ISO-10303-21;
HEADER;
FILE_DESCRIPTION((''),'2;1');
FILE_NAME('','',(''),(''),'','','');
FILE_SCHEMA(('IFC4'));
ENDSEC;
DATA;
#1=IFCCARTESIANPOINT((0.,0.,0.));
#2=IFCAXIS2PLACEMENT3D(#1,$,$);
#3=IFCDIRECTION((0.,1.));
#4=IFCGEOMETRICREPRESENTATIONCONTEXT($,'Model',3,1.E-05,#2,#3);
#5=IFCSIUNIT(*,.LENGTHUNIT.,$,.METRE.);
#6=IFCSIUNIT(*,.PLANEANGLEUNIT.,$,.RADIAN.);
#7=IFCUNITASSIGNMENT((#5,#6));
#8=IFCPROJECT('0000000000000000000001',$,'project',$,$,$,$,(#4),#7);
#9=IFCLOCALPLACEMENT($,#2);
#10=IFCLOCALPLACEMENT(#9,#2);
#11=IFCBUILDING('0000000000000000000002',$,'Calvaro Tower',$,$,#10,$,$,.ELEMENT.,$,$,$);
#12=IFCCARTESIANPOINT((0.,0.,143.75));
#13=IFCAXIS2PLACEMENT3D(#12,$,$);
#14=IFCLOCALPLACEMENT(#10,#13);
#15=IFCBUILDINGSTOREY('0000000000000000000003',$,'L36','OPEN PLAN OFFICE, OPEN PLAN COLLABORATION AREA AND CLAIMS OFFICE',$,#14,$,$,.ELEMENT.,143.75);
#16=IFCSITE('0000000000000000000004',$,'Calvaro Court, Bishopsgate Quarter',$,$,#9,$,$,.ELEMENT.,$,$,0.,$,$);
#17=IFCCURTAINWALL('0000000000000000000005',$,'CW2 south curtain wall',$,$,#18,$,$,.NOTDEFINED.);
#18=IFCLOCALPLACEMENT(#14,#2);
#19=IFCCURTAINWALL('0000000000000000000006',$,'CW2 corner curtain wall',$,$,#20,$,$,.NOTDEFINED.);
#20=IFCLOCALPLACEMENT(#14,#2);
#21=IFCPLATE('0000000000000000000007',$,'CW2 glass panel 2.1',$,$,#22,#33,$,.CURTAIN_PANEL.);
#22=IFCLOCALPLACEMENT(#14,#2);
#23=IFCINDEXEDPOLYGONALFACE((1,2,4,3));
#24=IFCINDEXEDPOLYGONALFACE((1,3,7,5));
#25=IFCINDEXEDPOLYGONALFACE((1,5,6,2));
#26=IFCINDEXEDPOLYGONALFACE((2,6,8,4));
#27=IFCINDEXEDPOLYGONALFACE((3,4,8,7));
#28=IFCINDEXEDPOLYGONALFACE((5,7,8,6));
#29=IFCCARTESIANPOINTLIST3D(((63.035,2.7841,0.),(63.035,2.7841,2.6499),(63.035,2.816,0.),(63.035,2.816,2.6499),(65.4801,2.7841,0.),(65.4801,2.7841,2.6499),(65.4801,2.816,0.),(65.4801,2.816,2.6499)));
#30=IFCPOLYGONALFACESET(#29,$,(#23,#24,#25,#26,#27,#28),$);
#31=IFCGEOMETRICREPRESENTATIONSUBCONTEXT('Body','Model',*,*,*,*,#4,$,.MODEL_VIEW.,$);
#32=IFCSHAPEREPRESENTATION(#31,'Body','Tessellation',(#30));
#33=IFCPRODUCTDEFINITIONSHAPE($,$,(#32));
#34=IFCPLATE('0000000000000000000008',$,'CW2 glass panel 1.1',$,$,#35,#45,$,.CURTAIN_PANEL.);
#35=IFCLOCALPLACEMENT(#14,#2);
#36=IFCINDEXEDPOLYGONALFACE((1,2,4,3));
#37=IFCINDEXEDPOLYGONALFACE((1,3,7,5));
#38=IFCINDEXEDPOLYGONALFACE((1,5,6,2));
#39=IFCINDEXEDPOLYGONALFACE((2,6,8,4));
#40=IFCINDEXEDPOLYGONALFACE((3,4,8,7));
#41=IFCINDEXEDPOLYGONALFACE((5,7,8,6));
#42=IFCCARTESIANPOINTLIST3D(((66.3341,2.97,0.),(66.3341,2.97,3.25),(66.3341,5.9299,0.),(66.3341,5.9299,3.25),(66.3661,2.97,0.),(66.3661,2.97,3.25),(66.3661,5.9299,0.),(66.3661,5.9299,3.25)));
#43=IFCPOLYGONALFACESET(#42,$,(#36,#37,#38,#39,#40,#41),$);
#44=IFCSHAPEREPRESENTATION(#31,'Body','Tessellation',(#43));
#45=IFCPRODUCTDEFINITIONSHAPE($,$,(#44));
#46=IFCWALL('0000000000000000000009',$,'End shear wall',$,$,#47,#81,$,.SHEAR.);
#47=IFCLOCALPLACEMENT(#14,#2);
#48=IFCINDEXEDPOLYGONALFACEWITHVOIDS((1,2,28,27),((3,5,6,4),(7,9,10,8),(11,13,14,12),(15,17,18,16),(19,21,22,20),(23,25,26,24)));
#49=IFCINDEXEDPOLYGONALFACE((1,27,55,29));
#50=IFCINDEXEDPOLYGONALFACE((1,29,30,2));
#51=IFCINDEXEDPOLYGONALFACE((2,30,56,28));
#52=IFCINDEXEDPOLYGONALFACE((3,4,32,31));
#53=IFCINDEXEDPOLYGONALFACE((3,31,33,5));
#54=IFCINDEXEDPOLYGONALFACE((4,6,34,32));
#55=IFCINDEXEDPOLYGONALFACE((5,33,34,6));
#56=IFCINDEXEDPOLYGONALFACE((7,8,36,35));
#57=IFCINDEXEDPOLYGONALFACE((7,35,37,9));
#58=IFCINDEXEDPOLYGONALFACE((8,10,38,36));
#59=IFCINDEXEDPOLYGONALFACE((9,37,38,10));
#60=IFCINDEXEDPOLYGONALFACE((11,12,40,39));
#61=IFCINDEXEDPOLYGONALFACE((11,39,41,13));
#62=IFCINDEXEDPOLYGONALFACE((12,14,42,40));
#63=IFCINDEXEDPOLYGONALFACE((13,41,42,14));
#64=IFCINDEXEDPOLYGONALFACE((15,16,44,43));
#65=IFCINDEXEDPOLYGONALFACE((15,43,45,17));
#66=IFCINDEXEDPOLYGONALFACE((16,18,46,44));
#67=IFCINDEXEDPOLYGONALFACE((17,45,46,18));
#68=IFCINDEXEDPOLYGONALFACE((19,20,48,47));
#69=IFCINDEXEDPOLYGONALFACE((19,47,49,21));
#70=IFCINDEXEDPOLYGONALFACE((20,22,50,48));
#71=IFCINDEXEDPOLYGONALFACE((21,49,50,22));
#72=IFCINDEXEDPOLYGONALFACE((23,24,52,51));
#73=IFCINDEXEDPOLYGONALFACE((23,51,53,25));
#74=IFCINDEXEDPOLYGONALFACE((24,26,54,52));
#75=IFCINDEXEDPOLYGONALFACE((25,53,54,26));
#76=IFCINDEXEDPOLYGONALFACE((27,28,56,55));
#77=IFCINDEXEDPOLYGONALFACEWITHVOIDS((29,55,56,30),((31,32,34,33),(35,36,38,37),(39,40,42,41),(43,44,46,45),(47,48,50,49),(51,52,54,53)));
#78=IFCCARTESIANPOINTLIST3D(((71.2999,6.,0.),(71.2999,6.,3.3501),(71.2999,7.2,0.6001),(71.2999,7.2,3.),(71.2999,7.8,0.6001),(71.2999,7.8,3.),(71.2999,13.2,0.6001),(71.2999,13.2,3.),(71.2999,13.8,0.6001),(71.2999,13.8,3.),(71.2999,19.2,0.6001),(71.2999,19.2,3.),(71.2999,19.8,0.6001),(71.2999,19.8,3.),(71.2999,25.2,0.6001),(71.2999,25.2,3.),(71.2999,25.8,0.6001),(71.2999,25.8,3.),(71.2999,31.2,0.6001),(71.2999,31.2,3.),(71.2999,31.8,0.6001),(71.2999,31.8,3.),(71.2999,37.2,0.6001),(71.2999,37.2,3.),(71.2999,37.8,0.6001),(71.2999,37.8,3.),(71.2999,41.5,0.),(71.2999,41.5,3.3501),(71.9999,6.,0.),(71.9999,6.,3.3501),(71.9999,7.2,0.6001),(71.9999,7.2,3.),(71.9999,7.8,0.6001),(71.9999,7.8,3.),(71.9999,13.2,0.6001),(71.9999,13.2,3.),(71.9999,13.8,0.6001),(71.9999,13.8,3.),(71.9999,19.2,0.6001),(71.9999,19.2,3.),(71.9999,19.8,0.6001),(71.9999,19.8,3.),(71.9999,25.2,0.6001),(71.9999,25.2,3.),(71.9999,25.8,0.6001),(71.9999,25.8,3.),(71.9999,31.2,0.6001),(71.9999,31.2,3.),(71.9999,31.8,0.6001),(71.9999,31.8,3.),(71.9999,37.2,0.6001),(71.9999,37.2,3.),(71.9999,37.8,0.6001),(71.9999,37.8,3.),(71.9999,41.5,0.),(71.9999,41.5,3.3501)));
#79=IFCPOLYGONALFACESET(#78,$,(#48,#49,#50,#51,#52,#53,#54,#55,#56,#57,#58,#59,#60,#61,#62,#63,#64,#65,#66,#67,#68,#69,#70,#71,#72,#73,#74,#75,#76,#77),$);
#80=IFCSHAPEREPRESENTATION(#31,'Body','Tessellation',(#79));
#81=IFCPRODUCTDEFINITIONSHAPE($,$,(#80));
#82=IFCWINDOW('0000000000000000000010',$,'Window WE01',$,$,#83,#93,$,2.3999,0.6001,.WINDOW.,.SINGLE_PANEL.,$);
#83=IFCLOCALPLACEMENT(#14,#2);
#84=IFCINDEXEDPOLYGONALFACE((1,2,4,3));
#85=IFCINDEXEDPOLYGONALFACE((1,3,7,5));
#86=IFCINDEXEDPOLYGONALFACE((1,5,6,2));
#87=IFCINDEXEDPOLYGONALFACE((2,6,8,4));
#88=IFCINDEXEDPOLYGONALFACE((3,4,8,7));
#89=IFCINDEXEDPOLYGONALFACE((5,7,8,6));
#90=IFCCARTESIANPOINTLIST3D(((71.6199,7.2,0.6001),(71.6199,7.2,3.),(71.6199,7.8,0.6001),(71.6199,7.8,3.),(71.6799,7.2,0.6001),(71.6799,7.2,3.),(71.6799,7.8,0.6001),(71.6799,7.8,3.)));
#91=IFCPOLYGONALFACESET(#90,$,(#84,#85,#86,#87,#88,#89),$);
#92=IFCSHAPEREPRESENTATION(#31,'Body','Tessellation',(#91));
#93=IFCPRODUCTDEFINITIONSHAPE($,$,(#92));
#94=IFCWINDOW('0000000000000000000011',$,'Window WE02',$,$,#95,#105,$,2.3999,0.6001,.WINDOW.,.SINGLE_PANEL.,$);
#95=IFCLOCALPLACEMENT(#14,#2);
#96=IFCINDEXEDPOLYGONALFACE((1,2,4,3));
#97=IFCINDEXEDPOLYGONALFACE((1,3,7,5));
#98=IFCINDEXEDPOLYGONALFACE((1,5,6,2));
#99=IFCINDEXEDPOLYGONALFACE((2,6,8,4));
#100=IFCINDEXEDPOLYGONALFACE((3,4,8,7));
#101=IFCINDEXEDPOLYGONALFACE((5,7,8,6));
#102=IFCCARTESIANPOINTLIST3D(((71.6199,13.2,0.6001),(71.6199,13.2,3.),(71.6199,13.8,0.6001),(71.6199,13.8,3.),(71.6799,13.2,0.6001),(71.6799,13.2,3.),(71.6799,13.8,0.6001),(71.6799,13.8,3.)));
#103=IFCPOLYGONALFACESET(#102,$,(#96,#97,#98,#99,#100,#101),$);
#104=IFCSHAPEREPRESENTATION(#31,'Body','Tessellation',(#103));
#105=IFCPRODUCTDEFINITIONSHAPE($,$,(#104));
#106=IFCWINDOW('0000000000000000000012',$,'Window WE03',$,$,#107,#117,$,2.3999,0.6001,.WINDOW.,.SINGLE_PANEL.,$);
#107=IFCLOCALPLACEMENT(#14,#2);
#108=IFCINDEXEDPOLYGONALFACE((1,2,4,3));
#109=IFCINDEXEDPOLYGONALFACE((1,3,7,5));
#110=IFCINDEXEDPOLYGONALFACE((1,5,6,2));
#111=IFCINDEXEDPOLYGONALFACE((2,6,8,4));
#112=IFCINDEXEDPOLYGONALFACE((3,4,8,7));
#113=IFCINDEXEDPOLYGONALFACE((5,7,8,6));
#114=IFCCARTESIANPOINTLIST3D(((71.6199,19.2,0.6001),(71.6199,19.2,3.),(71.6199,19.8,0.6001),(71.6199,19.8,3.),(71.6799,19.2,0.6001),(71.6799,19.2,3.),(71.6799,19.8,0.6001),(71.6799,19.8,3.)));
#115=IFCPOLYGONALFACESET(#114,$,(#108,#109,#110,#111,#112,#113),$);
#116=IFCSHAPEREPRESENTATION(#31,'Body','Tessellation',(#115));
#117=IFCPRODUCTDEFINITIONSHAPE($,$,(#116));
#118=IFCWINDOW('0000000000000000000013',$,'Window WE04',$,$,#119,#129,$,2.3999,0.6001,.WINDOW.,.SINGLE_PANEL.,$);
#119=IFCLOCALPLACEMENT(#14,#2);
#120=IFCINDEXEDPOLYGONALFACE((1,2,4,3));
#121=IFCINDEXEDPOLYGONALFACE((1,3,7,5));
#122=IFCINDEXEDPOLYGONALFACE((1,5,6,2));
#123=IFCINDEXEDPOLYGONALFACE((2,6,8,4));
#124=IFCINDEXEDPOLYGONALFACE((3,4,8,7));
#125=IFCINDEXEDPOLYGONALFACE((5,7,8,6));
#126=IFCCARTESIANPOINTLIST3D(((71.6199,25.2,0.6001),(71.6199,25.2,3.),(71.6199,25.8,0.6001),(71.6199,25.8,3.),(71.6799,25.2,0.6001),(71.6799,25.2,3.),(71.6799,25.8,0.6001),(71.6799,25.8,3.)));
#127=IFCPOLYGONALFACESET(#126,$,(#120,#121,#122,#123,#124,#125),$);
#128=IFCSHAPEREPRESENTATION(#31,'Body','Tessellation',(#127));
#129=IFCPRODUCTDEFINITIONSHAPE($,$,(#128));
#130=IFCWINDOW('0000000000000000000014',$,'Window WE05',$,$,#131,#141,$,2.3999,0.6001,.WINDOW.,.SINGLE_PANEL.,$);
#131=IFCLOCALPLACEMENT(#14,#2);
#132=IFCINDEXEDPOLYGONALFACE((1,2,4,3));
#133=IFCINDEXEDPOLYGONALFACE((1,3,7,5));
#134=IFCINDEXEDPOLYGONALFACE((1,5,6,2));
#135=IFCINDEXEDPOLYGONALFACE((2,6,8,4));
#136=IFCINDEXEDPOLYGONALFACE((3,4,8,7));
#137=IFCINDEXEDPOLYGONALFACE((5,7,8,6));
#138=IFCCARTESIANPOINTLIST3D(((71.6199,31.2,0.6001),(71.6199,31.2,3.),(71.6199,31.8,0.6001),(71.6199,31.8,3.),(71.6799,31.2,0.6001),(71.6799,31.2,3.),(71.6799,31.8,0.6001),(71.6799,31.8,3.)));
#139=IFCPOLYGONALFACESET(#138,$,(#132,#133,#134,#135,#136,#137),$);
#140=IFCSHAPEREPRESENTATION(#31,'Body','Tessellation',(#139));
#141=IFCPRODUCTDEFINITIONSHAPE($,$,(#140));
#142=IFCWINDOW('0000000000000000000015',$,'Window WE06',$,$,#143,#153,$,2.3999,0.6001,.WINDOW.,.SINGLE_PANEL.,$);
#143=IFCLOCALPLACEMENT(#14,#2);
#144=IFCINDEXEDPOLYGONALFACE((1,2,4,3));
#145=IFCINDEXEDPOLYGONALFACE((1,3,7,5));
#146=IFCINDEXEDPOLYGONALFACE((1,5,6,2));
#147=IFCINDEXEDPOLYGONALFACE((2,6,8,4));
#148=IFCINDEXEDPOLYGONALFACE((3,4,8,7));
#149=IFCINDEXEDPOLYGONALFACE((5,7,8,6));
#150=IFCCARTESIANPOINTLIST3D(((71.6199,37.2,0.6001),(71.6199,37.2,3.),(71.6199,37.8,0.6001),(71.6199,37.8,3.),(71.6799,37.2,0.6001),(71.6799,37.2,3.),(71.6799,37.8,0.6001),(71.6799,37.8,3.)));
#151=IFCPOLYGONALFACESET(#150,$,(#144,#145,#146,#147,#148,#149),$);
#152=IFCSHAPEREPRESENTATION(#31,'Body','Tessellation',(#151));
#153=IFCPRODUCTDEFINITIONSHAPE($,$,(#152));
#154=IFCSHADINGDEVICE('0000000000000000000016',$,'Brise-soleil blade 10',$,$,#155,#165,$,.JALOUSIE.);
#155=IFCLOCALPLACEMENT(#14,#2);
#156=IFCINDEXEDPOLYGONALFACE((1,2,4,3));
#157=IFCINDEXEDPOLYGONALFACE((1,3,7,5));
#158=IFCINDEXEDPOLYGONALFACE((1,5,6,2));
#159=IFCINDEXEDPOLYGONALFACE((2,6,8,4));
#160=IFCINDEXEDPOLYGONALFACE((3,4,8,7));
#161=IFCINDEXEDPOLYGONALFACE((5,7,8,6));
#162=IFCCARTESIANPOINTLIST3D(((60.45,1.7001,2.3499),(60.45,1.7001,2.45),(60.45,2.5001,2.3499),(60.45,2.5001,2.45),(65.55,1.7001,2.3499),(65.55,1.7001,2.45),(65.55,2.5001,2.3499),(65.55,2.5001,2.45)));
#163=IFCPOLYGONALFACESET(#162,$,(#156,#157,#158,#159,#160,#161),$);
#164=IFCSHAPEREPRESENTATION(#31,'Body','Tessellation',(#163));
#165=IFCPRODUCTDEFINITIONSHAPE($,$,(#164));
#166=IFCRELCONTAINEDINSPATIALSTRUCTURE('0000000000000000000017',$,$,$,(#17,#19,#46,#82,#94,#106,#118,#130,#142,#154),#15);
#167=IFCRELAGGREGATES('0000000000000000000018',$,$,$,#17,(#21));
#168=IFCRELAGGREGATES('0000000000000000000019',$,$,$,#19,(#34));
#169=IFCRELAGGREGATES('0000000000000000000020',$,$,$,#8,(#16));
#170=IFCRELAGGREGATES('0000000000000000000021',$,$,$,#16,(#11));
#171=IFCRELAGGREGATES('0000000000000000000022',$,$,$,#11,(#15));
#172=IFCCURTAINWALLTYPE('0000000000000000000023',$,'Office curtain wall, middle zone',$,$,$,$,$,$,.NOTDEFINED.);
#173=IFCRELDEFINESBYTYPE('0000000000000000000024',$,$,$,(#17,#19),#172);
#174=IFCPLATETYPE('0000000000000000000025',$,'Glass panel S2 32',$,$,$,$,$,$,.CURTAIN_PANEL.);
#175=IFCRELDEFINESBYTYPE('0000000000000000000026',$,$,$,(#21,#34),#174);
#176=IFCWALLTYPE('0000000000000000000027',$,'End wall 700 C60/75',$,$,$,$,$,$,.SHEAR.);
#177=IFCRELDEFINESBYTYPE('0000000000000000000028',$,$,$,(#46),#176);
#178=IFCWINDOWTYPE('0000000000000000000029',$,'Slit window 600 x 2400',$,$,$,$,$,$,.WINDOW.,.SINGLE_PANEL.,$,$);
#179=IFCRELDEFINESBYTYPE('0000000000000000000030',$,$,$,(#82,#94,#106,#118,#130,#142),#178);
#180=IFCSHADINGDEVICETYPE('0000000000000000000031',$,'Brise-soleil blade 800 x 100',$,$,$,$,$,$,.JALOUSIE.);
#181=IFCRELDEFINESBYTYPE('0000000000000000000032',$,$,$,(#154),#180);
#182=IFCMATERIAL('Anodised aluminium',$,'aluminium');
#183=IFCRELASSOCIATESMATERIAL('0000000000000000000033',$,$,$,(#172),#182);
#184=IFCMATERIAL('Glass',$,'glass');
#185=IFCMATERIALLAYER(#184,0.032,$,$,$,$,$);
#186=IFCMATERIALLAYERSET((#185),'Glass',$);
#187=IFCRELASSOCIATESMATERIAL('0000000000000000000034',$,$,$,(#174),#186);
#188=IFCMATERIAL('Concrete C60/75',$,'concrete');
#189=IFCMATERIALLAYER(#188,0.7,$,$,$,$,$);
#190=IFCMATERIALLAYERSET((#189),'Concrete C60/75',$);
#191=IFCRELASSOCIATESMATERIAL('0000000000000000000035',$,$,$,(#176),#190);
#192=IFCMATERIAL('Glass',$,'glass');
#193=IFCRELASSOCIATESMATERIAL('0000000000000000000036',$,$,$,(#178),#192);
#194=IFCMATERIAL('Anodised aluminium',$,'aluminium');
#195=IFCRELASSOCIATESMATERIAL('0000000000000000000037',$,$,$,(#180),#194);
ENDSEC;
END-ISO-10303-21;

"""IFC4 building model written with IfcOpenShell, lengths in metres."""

from ifc_helpers import new_model, si_unit, direction, frame, frame_2d, origin, origin_2d, place, context, subcontext, project, spatial, rectangle, extrude, material, layer, layer_set, material_profile, profile_set, type_object, element, fill, aggregate, save


model = new_model("IFC4")

# Units and contexts
model_context = context("Model", 3, precision=1e-05, world=origin(), true_north=direction((0.0, 1.0)))
body_context = subcontext(model_context, "Body", "Model", "MODEL_VIEW")
ifc_project = project(units=[si_unit("LENGTHUNIT", "METRE"), si_unit("PLANEANGLEUNIT", "RADIAN")], contexts=[model_context])

# Site, building, storey
site_placement = place(None, origin())
site = spatial("IfcSite", under=ifc_project, at=site_placement, Name="Calvaro Court, Bishopsgate Quarter", CompositionType="ELEMENT", RefElevation=0.0)
building_placement = place(site_placement, origin())
building = spatial("IfcBuilding", under=site, at=building_placement, Name="Calvaro Tower", CompositionType="ELEMENT")
storey_placement = place(building_placement, frame((0.0, 0.0, 143.75)))
storey = spatial("IfcBuildingStorey", under=building, at=storey_placement, Name="L36", Description="OPEN PLAN OFFICE, OPEN PLAN COLLABORATION AREA AND CLAIMS OFFICE", CompositionType="ELEMENT", Elevation=143.75)

# Curtain walls
ifc_material_1 = material(Name="Anodised aluminium", Category="aluminium")
curtain_wall_type = type_object("IfcCurtainWallType", Name="Office curtain wall, middle zone", PredefinedType="NOTDEFINED", material=ifc_material_1)
curtain_wall_1_placement = place(storey_placement, origin())
curtain_wall_1 = element("IfcCurtainWall", 1, at=curtain_wall_1_placement, inside=storey, type_object=curtain_wall_type, Name="CW2 south curtain wall", PredefinedType="NOTDEFINED")
curtain_wall_2_placement = place(storey_placement, origin())
curtain_wall_2 = element("IfcCurtainWall", 2, at=curtain_wall_2_placement, inside=storey, type_object=curtain_wall_type, Name="CW2 corner curtain wall", PredefinedType="NOTDEFINED")

# Plates
ifc_material_2 = material(Name="Glass", Category="glass")
ifc_layer_1 = layer(ifc_material_2, 0.032)
ifc_layer_set_1 = layer_set([ifc_layer_1], Name="Glass")
plate_type = type_object("IfcPlateType", Name="Glass panel S2 32", PredefinedType="CURTAIN_PANEL", material=ifc_layer_set_1)
plate_1_placement = place(storey_placement, frame((64.2576, 2.8, 0.0), z_axis=(0.0, 0.0, 1.0), x_axis=(1.0, 0.0, 0.0)))
plate_1 = element("IfcPlate", 3, at=plate_1_placement, type_object=plate_type, Name="CW2 glass panel 2.1", PredefinedType="CURTAIN_PANEL", context=body_context, shape_type="SweptSolid", body=[
    extrude(rectangle(XDim=2.4451, YDim=0.032, at=origin_2d()), origin(), (0.0, 0.0, 1.0), 2.6499),
])
aggregate(curtain_wall_1, [plate_1])
plate_2_placement = place(storey_placement, frame((66.3501, 4.45, 0.0), z_axis=(0.0, 0.0, 1.0), x_axis=(0.0, 1.0, 0.0)))
plate_2 = element("IfcPlate", 4, at=plate_2_placement, type_object=plate_type, Name="CW2 glass panel 1.1", PredefinedType="CURTAIN_PANEL", context=body_context, shape_type="SweptSolid", body=[
    extrude(rectangle(XDim=2.96, YDim=0.032, at=origin_2d()), origin(), (0.0, 0.0, 1.0), 3.25),
])
aggregate(curtain_wall_2, [plate_2])

# Wall, openings, windows
ifc_material_3 = material(Name="Concrete C60/75", Category="concrete")
ifc_layer_2 = layer(ifc_material_3, 0.7)
ifc_layer_set_2 = layer_set([ifc_layer_2], Name="Concrete C60/75")
wall_type = type_object("IfcWallType", Name="End wall 700 C60/75", PredefinedType="SHEAR", material=ifc_layer_set_2)
wall_placement = place(storey_placement, frame((71.6499, 6.0, 0.0), z_axis=(0.0, 0.0, 1.0), x_axis=(0.0, 1.0, 0.0)))
wall = element("IfcWall", 5, at=wall_placement, inside=storey, type_object=wall_type, Name="End shear wall", PredefinedType="SHEAR", context=body_context, shape_type="SweptSolid", body=[
    extrude(rectangle(XDim=35.5, YDim=0.7, at=frame_2d((17.75, 0.0))), origin(), (0.0, 0.0, 1.0), 3.3501),
])
opening_1_placement = place(wall_placement, frame((1.2, 0.0, 0.6001)))
opening_1 = element("IfcOpeningElement", 6, at=opening_1_placement, cuts=wall, PredefinedType="OPENING", context=body_context, shape_type="SweptSolid", body=[
    extrude(rectangle(XDim=0.6001, YDim=2.3999, at=frame_2d((0.3, 1.2))), frame((0.0, 0.3599, 0.0), z_axis=(0.0, -1.0, 0.0), x_axis=(1.0, 0.0, 0.0)), (0.0, 0.0, 1.0), 0.72),
])
opening_2_placement = place(wall_placement, frame((7.2, 0.0, 0.6001)))
opening_2 = element("IfcOpeningElement", 7, at=opening_2_placement, cuts=wall, PredefinedType="OPENING", context=body_context, shape_type="SweptSolid", body=[
    extrude(rectangle(XDim=0.6001, YDim=2.3999, at=frame_2d((0.3, 1.2))), frame((0.0, 0.3599, 0.0), z_axis=(0.0, -1.0, 0.0), x_axis=(1.0, 0.0, 0.0)), (0.0, 0.0, 1.0), 0.72),
])
opening_3_placement = place(wall_placement, frame((13.2, 0.0, 0.6001)))
opening_3 = element("IfcOpeningElement", 8, at=opening_3_placement, cuts=wall, PredefinedType="OPENING", context=body_context, shape_type="SweptSolid", body=[
    extrude(rectangle(XDim=0.6001, YDim=2.3999, at=frame_2d((0.3, 1.2))), frame((0.0, 0.3599, 0.0), z_axis=(0.0, -1.0, 0.0), x_axis=(1.0, 0.0, 0.0)), (0.0, 0.0, 1.0), 0.72),
])
opening_4_placement = place(wall_placement, frame((19.2, 0.0, 0.6001)))
opening_4 = element("IfcOpeningElement", 9, at=opening_4_placement, cuts=wall, PredefinedType="OPENING", context=body_context, shape_type="SweptSolid", body=[
    extrude(rectangle(XDim=0.6001, YDim=2.3999, at=frame_2d((0.3, 1.2))), frame((0.0, 0.3599, 0.0), z_axis=(0.0, -1.0, 0.0), x_axis=(1.0, 0.0, 0.0)), (0.0, 0.0, 1.0), 0.72),
])
opening_5_placement = place(wall_placement, frame((25.2, 0.0, 0.6001)))
opening_5 = element("IfcOpeningElement", 10, at=opening_5_placement, cuts=wall, PredefinedType="OPENING", context=body_context, shape_type="SweptSolid", body=[
    extrude(rectangle(XDim=0.6001, YDim=2.3999, at=frame_2d((0.3, 1.2))), frame((0.0, 0.3599, 0.0), z_axis=(0.0, -1.0, 0.0), x_axis=(1.0, 0.0, 0.0)), (0.0, 0.0, 1.0), 0.72),
])
opening_6_placement = place(wall_placement, frame((31.2, 0.0, 0.6001)))
opening_6 = element("IfcOpeningElement", 11, at=opening_6_placement, cuts=wall, PredefinedType="OPENING", context=body_context, shape_type="SweptSolid", body=[
    extrude(rectangle(XDim=0.6001, YDim=2.3999, at=frame_2d((0.3, 1.2))), frame((0.0, 0.3599, 0.0), z_axis=(0.0, -1.0, 0.0), x_axis=(1.0, 0.0, 0.0)), (0.0, 0.0, 1.0), 0.72),
])
ifc_material_4 = material(Name="Glass", Category="glass")
window_type = type_object("IfcWindowType", Name="Slit window 600 x 2400", PartitioningType="SINGLE_PANEL", PredefinedType="WINDOW", material=ifc_material_4)
window_1_placement = place(opening_1_placement, origin())
window_1 = element("IfcWindow", 12, at=window_1_placement, inside=storey, type_object=window_type, Name="Window WE01", OverallHeight=2.3999, OverallWidth=0.6001, PartitioningType="SINGLE_PANEL", PredefinedType="WINDOW", context=body_context, shape_type="SweptSolid", body=[
    extrude(rectangle(XDim=0.6001, YDim=2.3999, at=frame_2d((0.3, 1.2))), frame((0.0, 0.03, 0.0), z_axis=(0.0, -1.0, 0.0), x_axis=(1.0, 0.0, 0.0)), (0.0, 0.0, 1.0), 0.0601),
])
fill(opening_1, window_1)
window_2_placement = place(opening_2_placement, origin())
window_2 = element("IfcWindow", 13, at=window_2_placement, inside=storey, type_object=window_type, Name="Window WE02", OverallHeight=2.3999, OverallWidth=0.6001, PartitioningType="SINGLE_PANEL", PredefinedType="WINDOW", context=body_context, shape_type="SweptSolid", body=[
    extrude(rectangle(XDim=0.6001, YDim=2.3999, at=frame_2d((0.3, 1.2))), frame((0.0, 0.03, 0.0), z_axis=(0.0, -1.0, 0.0), x_axis=(1.0, 0.0, 0.0)), (0.0, 0.0, 1.0), 0.0601),
])
fill(opening_2, window_2)
window_3_placement = place(opening_3_placement, origin())
window_3 = element("IfcWindow", 14, at=window_3_placement, inside=storey, type_object=window_type, Name="Window WE03", OverallHeight=2.3999, OverallWidth=0.6001, PartitioningType="SINGLE_PANEL", PredefinedType="WINDOW", context=body_context, shape_type="SweptSolid", body=[
    extrude(rectangle(XDim=0.6001, YDim=2.3999, at=frame_2d((0.3, 1.2))), frame((0.0, 0.03, 0.0), z_axis=(0.0, -1.0, 0.0), x_axis=(1.0, 0.0, 0.0)), (0.0, 0.0, 1.0), 0.0601),
])
fill(opening_3, window_3)
window_4_placement = place(opening_4_placement, origin())
window_4 = element("IfcWindow", 15, at=window_4_placement, inside=storey, type_object=window_type, Name="Window WE04", OverallHeight=2.3999, OverallWidth=0.6001, PartitioningType="SINGLE_PANEL", PredefinedType="WINDOW", context=body_context, shape_type="SweptSolid", body=[
    extrude(rectangle(XDim=0.6001, YDim=2.3999, at=frame_2d((0.3, 1.2))), frame((0.0, 0.03, 0.0), z_axis=(0.0, -1.0, 0.0), x_axis=(1.0, 0.0, 0.0)), (0.0, 0.0, 1.0), 0.0601),
])
fill(opening_4, window_4)
window_5_placement = place(opening_5_placement, origin())
window_5 = element("IfcWindow", 16, at=window_5_placement, inside=storey, type_object=window_type, Name="Window WE05", OverallHeight=2.3999, OverallWidth=0.6001, PartitioningType="SINGLE_PANEL", PredefinedType="WINDOW", context=body_context, shape_type="SweptSolid", body=[
    extrude(rectangle(XDim=0.6001, YDim=2.3999, at=frame_2d((0.3, 1.2))), frame((0.0, 0.03, 0.0), z_axis=(0.0, -1.0, 0.0), x_axis=(1.0, 0.0, 0.0)), (0.0, 0.0, 1.0), 0.0601),
])
fill(opening_5, window_5)
window_6_placement = place(opening_6_placement, origin())
window_6 = element("IfcWindow", 17, at=window_6_placement, inside=storey, type_object=window_type, Name="Window WE06", OverallHeight=2.3999, OverallWidth=0.6001, PartitioningType="SINGLE_PANEL", PredefinedType="WINDOW", context=body_context, shape_type="SweptSolid", body=[
    extrude(rectangle(XDim=0.6001, YDim=2.3999, at=frame_2d((0.3, 1.2))), frame((0.0, 0.03, 0.0), z_axis=(0.0, -1.0, 0.0), x_axis=(1.0, 0.0, 0.0)), (0.0, 0.0, 1.0), 0.0601),
])
fill(opening_6, window_6)

# Shading device
ifc_material_5 = material(Name="Anodised aluminium", Category="aluminium")
ifc_material_profile_1 = material_profile(ifc_material_5, rectangle(XDim=0.8, YDim=0.1001, at=origin_2d()), Name="Brise-soleil blade 800 x 100")
ifc_profile_set_1 = profile_set([ifc_material_profile_1], Name="Anodised aluminium")
shading_device_type = type_object("IfcShadingDeviceType", Name="Brise-soleil blade 800 x 100", PredefinedType="JALOUSIE", material=ifc_profile_set_1)
shading_device_placement = place(storey_placement, frame((60.45, 2.1001, 2.3999), z_axis=(1.0, 0.0, 0.0), x_axis=(0.0, 1.0, 0.0)))
element("IfcShadingDevice", 18, at=shading_device_placement, inside=storey, type_object=shading_device_type, Name="Brise-soleil blade 10", PredefinedType="JALOUSIE", context=body_context, shape_type="SweptSolid", body=[
    extrude(rectangle(XDim=0.8, YDim=0.1001, at=origin_2d()), origin(), (0.0, 0.0, 1.0), 5.1001),
])

save(model, "model.ifc")
